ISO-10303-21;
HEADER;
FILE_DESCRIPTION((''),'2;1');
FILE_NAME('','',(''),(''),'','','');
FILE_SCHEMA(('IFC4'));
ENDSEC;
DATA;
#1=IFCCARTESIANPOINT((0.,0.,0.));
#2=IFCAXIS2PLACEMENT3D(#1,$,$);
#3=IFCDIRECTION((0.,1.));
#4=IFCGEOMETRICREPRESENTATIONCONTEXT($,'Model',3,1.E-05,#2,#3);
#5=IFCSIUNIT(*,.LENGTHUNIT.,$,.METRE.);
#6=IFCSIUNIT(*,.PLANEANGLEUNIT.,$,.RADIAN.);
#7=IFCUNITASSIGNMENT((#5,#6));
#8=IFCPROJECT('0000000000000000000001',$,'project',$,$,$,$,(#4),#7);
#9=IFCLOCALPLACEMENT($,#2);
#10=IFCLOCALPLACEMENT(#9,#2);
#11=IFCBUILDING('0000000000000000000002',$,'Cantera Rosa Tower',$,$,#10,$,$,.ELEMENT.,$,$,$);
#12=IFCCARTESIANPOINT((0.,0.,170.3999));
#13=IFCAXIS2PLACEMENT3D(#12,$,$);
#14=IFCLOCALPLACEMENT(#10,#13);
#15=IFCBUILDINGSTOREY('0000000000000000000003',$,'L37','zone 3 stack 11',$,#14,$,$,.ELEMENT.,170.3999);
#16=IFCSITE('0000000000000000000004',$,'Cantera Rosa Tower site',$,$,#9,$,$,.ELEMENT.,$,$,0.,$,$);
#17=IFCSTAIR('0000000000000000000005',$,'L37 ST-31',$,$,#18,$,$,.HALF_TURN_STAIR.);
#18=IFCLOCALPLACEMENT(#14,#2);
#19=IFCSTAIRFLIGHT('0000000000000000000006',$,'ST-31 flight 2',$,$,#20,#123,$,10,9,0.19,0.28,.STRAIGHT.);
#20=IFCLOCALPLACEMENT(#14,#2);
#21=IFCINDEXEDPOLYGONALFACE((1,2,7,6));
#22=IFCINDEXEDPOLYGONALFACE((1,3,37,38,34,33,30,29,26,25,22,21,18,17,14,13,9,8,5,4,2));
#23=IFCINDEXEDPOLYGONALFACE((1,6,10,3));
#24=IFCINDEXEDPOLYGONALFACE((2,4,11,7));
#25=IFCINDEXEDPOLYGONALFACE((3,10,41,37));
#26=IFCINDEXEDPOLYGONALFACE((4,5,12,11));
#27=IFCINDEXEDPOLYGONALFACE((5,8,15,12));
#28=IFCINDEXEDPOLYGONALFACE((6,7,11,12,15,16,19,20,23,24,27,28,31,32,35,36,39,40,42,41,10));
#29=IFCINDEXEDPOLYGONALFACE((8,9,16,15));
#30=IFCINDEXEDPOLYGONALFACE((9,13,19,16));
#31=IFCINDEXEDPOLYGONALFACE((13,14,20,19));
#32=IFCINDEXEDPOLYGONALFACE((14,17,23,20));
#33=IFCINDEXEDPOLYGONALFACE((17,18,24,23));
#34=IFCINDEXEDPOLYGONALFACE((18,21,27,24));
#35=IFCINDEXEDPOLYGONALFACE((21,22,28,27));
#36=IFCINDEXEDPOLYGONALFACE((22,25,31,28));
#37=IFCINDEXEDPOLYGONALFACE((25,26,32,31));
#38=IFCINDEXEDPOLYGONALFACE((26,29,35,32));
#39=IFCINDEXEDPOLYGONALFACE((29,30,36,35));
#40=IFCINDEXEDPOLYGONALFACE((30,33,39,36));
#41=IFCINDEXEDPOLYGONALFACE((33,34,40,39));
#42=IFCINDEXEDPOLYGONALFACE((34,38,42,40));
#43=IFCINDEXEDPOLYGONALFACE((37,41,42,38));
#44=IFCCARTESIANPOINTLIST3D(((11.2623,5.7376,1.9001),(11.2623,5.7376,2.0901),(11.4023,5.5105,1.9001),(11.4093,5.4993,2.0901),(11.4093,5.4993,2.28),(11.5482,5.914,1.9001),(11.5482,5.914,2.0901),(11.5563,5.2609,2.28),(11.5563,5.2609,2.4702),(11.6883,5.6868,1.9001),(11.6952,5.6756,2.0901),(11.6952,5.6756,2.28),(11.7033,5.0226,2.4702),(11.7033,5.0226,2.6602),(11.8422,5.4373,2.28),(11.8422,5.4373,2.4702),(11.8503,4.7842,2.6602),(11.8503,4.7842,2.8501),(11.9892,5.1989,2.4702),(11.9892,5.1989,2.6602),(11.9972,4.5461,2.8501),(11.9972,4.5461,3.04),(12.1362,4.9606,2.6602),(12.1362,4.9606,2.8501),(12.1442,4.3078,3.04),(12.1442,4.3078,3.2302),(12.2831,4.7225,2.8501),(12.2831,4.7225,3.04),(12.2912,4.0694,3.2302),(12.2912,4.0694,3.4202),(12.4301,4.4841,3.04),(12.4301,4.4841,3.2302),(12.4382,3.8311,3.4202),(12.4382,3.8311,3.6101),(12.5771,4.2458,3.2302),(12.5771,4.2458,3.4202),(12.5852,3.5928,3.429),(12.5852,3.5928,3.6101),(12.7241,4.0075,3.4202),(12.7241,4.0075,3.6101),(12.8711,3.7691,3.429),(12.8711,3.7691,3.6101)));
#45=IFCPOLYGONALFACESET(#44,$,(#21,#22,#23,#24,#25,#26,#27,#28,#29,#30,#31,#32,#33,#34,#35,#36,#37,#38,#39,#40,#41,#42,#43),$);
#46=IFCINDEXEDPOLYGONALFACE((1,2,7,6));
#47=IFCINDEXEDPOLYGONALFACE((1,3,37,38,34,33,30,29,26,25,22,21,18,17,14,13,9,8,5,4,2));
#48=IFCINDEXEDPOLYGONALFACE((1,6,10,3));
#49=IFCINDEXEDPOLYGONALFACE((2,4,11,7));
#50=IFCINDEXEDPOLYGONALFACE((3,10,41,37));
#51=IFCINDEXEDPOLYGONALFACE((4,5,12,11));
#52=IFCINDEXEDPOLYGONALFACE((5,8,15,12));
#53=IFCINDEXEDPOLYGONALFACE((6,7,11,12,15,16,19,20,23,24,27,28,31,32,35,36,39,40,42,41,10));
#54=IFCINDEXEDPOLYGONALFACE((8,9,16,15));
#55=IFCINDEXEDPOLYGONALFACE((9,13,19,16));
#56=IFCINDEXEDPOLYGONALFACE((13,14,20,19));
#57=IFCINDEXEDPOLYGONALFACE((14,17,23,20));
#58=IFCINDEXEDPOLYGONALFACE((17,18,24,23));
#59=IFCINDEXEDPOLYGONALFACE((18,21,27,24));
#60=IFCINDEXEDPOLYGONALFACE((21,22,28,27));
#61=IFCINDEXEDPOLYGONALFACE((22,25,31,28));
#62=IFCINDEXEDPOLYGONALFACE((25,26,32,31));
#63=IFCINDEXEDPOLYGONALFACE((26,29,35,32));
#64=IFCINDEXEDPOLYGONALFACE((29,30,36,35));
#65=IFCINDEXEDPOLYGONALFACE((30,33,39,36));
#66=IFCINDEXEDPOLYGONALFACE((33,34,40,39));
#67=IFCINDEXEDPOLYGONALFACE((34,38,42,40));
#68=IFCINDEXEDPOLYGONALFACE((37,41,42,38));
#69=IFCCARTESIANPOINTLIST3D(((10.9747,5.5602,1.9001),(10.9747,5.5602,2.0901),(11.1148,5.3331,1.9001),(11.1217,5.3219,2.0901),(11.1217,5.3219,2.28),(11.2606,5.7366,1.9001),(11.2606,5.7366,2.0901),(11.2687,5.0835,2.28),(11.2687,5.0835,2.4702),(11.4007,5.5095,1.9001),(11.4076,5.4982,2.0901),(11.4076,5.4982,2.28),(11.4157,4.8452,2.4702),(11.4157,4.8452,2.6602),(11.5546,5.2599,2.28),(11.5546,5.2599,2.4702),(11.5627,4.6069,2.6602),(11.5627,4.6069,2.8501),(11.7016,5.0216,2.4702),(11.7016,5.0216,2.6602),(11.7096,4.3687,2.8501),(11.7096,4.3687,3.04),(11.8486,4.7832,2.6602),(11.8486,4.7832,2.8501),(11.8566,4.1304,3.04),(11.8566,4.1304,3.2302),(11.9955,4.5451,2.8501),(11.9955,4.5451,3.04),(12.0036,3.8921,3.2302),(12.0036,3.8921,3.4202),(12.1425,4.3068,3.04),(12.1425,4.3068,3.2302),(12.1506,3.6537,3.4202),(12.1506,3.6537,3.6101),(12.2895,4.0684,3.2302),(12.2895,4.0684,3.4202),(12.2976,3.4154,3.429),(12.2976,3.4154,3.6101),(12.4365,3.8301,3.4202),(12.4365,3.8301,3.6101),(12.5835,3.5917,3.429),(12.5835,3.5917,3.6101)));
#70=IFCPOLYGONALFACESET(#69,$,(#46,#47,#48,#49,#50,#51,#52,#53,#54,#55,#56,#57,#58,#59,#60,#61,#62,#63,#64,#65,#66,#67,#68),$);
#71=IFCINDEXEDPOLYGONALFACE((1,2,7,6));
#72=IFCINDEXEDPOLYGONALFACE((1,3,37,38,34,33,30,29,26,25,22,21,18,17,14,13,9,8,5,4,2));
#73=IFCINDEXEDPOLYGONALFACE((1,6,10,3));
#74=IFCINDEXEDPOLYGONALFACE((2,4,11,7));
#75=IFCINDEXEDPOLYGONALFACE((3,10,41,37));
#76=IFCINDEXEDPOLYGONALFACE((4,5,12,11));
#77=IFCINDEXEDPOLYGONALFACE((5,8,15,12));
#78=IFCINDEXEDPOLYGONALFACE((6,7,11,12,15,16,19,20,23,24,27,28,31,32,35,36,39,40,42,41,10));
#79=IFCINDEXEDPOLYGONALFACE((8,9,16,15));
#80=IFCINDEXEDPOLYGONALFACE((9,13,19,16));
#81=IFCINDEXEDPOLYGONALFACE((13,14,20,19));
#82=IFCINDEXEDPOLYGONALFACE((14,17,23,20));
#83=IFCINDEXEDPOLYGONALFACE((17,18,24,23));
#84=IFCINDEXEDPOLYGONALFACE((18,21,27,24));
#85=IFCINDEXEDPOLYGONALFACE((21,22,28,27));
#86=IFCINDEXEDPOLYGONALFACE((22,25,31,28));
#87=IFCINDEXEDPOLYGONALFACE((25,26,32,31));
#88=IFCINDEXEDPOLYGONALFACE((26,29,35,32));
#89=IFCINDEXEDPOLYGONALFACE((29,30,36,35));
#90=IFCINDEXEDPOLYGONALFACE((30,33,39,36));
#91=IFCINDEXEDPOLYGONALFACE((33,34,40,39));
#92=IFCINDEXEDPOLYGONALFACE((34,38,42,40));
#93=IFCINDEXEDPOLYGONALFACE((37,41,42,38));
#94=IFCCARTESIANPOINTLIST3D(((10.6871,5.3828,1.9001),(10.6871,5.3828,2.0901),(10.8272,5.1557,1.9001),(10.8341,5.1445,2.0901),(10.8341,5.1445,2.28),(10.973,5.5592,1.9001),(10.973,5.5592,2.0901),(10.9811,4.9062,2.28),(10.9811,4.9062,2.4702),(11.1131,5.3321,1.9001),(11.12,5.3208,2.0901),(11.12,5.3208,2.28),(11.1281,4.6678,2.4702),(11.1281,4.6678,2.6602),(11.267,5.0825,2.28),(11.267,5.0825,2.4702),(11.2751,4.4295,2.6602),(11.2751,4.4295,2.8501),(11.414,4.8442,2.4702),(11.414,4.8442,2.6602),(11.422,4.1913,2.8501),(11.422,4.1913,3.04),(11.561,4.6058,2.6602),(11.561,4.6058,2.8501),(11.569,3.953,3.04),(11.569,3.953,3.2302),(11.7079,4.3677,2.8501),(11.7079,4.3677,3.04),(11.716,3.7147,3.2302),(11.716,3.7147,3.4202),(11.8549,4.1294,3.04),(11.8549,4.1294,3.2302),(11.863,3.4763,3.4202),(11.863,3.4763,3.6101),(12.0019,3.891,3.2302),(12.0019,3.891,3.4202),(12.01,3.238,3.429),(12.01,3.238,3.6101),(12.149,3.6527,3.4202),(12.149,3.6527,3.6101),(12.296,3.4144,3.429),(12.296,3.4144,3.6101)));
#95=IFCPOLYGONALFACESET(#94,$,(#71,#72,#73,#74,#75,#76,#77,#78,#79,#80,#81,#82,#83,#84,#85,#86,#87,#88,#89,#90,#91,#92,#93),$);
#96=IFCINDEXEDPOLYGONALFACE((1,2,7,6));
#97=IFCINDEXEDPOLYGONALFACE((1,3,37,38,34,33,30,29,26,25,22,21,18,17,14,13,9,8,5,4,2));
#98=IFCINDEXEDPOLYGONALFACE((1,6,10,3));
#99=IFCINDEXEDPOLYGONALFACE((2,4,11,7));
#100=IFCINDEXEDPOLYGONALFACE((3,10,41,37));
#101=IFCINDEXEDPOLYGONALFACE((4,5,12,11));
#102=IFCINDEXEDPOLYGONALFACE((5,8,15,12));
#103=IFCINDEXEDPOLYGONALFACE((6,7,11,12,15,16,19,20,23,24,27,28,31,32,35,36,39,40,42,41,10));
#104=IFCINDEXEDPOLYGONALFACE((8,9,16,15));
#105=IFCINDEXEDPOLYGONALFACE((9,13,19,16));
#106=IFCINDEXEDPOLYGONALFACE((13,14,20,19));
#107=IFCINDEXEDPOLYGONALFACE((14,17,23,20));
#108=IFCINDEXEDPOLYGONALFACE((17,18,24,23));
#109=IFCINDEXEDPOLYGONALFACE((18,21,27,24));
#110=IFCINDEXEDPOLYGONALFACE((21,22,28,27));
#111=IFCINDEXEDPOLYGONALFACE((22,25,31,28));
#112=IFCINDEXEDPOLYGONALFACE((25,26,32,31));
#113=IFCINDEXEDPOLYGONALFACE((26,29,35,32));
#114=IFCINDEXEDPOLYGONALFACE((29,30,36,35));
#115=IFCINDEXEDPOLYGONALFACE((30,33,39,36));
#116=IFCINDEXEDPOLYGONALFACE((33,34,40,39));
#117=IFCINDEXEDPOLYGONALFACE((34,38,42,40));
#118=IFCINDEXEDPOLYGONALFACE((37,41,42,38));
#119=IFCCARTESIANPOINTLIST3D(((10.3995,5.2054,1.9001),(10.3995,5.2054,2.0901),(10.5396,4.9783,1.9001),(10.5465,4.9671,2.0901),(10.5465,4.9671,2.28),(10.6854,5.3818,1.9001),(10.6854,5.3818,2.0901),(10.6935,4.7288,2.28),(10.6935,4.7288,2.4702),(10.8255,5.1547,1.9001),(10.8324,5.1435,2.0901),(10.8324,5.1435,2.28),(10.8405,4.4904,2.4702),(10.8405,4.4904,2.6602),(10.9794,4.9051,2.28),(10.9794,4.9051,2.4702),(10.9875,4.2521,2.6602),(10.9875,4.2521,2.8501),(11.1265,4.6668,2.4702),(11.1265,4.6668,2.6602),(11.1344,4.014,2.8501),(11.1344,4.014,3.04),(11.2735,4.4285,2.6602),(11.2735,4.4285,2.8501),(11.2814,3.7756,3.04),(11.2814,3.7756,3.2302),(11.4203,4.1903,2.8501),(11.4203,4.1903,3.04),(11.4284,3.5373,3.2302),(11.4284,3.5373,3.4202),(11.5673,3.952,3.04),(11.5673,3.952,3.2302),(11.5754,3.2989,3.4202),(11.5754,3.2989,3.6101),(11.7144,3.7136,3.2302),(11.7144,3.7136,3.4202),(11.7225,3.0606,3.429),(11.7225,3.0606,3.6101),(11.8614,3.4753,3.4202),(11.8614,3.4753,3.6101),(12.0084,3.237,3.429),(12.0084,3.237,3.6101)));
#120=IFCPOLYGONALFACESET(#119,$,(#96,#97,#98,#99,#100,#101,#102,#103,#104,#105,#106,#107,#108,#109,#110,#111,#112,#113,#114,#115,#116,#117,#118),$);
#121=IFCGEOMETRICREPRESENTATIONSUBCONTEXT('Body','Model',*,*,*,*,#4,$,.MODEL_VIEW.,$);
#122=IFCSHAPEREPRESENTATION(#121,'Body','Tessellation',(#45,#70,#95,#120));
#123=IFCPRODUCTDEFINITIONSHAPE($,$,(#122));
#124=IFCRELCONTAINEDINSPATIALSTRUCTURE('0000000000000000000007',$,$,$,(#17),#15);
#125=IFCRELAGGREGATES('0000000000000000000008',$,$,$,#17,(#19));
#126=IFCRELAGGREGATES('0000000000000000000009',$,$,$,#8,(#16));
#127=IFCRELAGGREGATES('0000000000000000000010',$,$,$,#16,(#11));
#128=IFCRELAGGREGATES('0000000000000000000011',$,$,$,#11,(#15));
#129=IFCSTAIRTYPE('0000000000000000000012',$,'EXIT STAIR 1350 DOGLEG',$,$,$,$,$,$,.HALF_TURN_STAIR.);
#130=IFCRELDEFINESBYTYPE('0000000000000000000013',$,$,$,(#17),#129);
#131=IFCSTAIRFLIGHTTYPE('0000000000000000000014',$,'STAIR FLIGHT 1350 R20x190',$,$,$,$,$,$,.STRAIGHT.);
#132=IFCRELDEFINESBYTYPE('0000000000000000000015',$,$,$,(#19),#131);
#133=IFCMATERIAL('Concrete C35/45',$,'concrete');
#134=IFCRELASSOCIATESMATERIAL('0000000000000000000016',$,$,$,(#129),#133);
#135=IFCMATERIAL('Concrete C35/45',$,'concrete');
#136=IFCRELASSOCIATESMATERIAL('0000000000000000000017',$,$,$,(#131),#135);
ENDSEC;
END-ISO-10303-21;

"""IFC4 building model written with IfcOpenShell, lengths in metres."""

from ifc_helpers import new_model, si_unit, direction, frame, origin, place, context, subcontext, project, spatial, polyline, outline, extrude, material, type_object, element, aggregate, save


model = new_model("IFC4")

# Units and contexts
model_context = context("Model", 3, precision=1e-05, world=origin(), true_north=direction((0.0, 1.0)))
body_context = subcontext(model_context, "Body", "Model", "MODEL_VIEW")
ifc_project = project(units=[si_unit("LENGTHUNIT", "METRE"), si_unit("PLANEANGLEUNIT", "RADIAN")], contexts=[model_context])

# Site, building, storey
site_placement = place(None, origin())
site = spatial("IfcSite", under=ifc_project, at=site_placement, Name="Cantera Rosa Tower site", CompositionType="ELEMENT", RefElevation=0.0)
building_placement = place(site_placement, origin())
building = spatial("IfcBuilding", under=site, at=building_placement, Name="Cantera Rosa Tower", CompositionType="ELEMENT")
storey_placement = place(building_placement, frame((0.0, 0.0, 170.3999)))
storey = spatial("IfcBuildingStorey", under=building, at=storey_placement, Name="L37", Description="zone 3 stack 11", CompositionType="ELEMENT", Elevation=170.3999)

# Stair, stair flight
ifc_material_1 = material(Name="Concrete C35/45", Category="concrete")
stair_type = type_object("IfcStairType", Name="EXIT STAIR 1350 DOGLEG", PredefinedType="HALF_TURN_STAIR", material=ifc_material_1)
stair_placement = place(storey_placement, origin())
stair = element("IfcStair", 1, at=stair_placement, inside=storey, type_object=stair_type, Name="L37 ST-31", PredefinedType="HALF_TURN_STAIR")
ifc_material_2 = material(Name="Concrete C35/45", Category="concrete")
stair_flight_type = type_object("IfcStairFlightType", Name="STAIR FLIGHT 1350 R20x190", PredefinedType="STRAIGHT", material=ifc_material_2)
stair_flight_1_placement = place(storey_placement, frame((10.9736, 5.5596, 1.9001), z_axis=(0.0, 0.0, 1.0), x_axis=(0.524977, -0.851117, 0.0)))
stair_flight_1 = element("IfcStairFlight", 2, at=stair_flight_1_placement, type_object=stair_flight_type, Name="ST-31 flight 2", NumberOfRisers=10, NumberOfTreads=9, PredefinedType="STRAIGHT", RiserHeight=0.19, TreadLength=0.28, context=body_context, shape_type="SweptSolid", body=[
    extrude(outline(polyline([(0.0, 0.0), (0.0, 0.1899), (0.28, 0.1899), (0.28, 0.3799), (0.5601, 0.3799), (0.5601, 0.5701), (0.8401, 0.5701), (0.8401, 0.76), (1.1201, 0.76), (1.1201, 0.95), (1.3999, 0.95), (1.3999, 1.1399), (1.6799, 1.1399), (1.6799, 1.3301), (1.96, 1.3301), (1.96, 1.52), (2.24, 1.52), (2.24, 1.71), (2.52, 1.71), (2.52, 1.8999), (2.52, 1.5288), (0.2668, 0.0), (0.0, 0.0)])), frame((0.0, 0.675, 0.0), z_axis=(0.0, -1.0, 0.0), x_axis=(1.0, 0.0, 0.0)), (0.0, 0.0, 1.0), 0.3359),
    extrude(outline(polyline([(0.0, 0.0), (0.0, 0.1899), (0.28, 0.1899), (0.28, 0.3799), (0.5601, 0.3799), (0.5601, 0.5701), (0.8401, 0.5701), (0.8401, 0.76), (1.1201, 0.76), (1.1201, 0.95), (1.3999, 0.95), (1.3999, 1.1399), (1.6799, 1.1399), (1.6799, 1.3301), (1.96, 1.3301), (1.96, 1.52), (2.24, 1.52), (2.24, 1.71), (2.52, 1.71), (2.52, 1.8999), (2.52, 1.5288), (0.2668, 0.0), (0.0, 0.0)])), frame((0.0, 0.3372, 0.0), z_axis=(0.0, -1.0, 0.0), x_axis=(1.0, 0.0, 0.0)), (0.0, 0.0, 1.0), 0.3359),
    extrude(outline(polyline([(0.0, 0.0), (0.0, 0.1899), (0.28, 0.1899), (0.28, 0.3799), (0.5601, 0.3799), (0.5601, 0.5701), (0.8401, 0.5701), (0.8401, 0.76), (1.1201, 0.76), (1.1201, 0.95), (1.3999, 0.95), (1.3999, 1.1399), (1.6799, 1.1399), (1.6799, 1.3301), (1.96, 1.3301), (1.96, 1.52), (2.24, 1.52), (2.24, 1.71), (2.52, 1.71), (2.52, 1.8999), (2.52, 1.5288), (0.2668, 0.0), (0.0, 0.0)])), frame((0.0, -0.0007, 0.0), z_axis=(0.0, -1.0, 0.0), x_axis=(1.0, 0.0, 0.0)), (0.0, 0.0, 1.0), 0.3359),
    extrude(outline(polyline([(0.0, 0.0), (0.0, 0.1899), (0.28, 0.1899), (0.28, 0.3799), (0.5601, 0.3799), (0.5601, 0.5701), (0.8401, 0.5701), (0.8401, 0.76), (1.1201, 0.76), (1.1201, 0.95), (1.3999, 0.95), (1.3999, 1.1399), (1.6799, 1.1399), (1.6799, 1.3301), (1.96, 1.3301), (1.96, 1.52), (2.24, 1.52), (2.24, 1.71), (2.52, 1.71), (2.52, 1.8999), (2.52, 1.5288), (0.2668, 0.0), (0.0, 0.0)])), frame((0.0, -0.3386, 0.0), z_axis=(0.0, -1.0, 0.0), x_axis=(1.0, 0.0, 0.0)), (0.0, 0.0, 1.0), 0.3359),
])
aggregate(stair, [stair_flight_1])

save(model, "model.ifc")
